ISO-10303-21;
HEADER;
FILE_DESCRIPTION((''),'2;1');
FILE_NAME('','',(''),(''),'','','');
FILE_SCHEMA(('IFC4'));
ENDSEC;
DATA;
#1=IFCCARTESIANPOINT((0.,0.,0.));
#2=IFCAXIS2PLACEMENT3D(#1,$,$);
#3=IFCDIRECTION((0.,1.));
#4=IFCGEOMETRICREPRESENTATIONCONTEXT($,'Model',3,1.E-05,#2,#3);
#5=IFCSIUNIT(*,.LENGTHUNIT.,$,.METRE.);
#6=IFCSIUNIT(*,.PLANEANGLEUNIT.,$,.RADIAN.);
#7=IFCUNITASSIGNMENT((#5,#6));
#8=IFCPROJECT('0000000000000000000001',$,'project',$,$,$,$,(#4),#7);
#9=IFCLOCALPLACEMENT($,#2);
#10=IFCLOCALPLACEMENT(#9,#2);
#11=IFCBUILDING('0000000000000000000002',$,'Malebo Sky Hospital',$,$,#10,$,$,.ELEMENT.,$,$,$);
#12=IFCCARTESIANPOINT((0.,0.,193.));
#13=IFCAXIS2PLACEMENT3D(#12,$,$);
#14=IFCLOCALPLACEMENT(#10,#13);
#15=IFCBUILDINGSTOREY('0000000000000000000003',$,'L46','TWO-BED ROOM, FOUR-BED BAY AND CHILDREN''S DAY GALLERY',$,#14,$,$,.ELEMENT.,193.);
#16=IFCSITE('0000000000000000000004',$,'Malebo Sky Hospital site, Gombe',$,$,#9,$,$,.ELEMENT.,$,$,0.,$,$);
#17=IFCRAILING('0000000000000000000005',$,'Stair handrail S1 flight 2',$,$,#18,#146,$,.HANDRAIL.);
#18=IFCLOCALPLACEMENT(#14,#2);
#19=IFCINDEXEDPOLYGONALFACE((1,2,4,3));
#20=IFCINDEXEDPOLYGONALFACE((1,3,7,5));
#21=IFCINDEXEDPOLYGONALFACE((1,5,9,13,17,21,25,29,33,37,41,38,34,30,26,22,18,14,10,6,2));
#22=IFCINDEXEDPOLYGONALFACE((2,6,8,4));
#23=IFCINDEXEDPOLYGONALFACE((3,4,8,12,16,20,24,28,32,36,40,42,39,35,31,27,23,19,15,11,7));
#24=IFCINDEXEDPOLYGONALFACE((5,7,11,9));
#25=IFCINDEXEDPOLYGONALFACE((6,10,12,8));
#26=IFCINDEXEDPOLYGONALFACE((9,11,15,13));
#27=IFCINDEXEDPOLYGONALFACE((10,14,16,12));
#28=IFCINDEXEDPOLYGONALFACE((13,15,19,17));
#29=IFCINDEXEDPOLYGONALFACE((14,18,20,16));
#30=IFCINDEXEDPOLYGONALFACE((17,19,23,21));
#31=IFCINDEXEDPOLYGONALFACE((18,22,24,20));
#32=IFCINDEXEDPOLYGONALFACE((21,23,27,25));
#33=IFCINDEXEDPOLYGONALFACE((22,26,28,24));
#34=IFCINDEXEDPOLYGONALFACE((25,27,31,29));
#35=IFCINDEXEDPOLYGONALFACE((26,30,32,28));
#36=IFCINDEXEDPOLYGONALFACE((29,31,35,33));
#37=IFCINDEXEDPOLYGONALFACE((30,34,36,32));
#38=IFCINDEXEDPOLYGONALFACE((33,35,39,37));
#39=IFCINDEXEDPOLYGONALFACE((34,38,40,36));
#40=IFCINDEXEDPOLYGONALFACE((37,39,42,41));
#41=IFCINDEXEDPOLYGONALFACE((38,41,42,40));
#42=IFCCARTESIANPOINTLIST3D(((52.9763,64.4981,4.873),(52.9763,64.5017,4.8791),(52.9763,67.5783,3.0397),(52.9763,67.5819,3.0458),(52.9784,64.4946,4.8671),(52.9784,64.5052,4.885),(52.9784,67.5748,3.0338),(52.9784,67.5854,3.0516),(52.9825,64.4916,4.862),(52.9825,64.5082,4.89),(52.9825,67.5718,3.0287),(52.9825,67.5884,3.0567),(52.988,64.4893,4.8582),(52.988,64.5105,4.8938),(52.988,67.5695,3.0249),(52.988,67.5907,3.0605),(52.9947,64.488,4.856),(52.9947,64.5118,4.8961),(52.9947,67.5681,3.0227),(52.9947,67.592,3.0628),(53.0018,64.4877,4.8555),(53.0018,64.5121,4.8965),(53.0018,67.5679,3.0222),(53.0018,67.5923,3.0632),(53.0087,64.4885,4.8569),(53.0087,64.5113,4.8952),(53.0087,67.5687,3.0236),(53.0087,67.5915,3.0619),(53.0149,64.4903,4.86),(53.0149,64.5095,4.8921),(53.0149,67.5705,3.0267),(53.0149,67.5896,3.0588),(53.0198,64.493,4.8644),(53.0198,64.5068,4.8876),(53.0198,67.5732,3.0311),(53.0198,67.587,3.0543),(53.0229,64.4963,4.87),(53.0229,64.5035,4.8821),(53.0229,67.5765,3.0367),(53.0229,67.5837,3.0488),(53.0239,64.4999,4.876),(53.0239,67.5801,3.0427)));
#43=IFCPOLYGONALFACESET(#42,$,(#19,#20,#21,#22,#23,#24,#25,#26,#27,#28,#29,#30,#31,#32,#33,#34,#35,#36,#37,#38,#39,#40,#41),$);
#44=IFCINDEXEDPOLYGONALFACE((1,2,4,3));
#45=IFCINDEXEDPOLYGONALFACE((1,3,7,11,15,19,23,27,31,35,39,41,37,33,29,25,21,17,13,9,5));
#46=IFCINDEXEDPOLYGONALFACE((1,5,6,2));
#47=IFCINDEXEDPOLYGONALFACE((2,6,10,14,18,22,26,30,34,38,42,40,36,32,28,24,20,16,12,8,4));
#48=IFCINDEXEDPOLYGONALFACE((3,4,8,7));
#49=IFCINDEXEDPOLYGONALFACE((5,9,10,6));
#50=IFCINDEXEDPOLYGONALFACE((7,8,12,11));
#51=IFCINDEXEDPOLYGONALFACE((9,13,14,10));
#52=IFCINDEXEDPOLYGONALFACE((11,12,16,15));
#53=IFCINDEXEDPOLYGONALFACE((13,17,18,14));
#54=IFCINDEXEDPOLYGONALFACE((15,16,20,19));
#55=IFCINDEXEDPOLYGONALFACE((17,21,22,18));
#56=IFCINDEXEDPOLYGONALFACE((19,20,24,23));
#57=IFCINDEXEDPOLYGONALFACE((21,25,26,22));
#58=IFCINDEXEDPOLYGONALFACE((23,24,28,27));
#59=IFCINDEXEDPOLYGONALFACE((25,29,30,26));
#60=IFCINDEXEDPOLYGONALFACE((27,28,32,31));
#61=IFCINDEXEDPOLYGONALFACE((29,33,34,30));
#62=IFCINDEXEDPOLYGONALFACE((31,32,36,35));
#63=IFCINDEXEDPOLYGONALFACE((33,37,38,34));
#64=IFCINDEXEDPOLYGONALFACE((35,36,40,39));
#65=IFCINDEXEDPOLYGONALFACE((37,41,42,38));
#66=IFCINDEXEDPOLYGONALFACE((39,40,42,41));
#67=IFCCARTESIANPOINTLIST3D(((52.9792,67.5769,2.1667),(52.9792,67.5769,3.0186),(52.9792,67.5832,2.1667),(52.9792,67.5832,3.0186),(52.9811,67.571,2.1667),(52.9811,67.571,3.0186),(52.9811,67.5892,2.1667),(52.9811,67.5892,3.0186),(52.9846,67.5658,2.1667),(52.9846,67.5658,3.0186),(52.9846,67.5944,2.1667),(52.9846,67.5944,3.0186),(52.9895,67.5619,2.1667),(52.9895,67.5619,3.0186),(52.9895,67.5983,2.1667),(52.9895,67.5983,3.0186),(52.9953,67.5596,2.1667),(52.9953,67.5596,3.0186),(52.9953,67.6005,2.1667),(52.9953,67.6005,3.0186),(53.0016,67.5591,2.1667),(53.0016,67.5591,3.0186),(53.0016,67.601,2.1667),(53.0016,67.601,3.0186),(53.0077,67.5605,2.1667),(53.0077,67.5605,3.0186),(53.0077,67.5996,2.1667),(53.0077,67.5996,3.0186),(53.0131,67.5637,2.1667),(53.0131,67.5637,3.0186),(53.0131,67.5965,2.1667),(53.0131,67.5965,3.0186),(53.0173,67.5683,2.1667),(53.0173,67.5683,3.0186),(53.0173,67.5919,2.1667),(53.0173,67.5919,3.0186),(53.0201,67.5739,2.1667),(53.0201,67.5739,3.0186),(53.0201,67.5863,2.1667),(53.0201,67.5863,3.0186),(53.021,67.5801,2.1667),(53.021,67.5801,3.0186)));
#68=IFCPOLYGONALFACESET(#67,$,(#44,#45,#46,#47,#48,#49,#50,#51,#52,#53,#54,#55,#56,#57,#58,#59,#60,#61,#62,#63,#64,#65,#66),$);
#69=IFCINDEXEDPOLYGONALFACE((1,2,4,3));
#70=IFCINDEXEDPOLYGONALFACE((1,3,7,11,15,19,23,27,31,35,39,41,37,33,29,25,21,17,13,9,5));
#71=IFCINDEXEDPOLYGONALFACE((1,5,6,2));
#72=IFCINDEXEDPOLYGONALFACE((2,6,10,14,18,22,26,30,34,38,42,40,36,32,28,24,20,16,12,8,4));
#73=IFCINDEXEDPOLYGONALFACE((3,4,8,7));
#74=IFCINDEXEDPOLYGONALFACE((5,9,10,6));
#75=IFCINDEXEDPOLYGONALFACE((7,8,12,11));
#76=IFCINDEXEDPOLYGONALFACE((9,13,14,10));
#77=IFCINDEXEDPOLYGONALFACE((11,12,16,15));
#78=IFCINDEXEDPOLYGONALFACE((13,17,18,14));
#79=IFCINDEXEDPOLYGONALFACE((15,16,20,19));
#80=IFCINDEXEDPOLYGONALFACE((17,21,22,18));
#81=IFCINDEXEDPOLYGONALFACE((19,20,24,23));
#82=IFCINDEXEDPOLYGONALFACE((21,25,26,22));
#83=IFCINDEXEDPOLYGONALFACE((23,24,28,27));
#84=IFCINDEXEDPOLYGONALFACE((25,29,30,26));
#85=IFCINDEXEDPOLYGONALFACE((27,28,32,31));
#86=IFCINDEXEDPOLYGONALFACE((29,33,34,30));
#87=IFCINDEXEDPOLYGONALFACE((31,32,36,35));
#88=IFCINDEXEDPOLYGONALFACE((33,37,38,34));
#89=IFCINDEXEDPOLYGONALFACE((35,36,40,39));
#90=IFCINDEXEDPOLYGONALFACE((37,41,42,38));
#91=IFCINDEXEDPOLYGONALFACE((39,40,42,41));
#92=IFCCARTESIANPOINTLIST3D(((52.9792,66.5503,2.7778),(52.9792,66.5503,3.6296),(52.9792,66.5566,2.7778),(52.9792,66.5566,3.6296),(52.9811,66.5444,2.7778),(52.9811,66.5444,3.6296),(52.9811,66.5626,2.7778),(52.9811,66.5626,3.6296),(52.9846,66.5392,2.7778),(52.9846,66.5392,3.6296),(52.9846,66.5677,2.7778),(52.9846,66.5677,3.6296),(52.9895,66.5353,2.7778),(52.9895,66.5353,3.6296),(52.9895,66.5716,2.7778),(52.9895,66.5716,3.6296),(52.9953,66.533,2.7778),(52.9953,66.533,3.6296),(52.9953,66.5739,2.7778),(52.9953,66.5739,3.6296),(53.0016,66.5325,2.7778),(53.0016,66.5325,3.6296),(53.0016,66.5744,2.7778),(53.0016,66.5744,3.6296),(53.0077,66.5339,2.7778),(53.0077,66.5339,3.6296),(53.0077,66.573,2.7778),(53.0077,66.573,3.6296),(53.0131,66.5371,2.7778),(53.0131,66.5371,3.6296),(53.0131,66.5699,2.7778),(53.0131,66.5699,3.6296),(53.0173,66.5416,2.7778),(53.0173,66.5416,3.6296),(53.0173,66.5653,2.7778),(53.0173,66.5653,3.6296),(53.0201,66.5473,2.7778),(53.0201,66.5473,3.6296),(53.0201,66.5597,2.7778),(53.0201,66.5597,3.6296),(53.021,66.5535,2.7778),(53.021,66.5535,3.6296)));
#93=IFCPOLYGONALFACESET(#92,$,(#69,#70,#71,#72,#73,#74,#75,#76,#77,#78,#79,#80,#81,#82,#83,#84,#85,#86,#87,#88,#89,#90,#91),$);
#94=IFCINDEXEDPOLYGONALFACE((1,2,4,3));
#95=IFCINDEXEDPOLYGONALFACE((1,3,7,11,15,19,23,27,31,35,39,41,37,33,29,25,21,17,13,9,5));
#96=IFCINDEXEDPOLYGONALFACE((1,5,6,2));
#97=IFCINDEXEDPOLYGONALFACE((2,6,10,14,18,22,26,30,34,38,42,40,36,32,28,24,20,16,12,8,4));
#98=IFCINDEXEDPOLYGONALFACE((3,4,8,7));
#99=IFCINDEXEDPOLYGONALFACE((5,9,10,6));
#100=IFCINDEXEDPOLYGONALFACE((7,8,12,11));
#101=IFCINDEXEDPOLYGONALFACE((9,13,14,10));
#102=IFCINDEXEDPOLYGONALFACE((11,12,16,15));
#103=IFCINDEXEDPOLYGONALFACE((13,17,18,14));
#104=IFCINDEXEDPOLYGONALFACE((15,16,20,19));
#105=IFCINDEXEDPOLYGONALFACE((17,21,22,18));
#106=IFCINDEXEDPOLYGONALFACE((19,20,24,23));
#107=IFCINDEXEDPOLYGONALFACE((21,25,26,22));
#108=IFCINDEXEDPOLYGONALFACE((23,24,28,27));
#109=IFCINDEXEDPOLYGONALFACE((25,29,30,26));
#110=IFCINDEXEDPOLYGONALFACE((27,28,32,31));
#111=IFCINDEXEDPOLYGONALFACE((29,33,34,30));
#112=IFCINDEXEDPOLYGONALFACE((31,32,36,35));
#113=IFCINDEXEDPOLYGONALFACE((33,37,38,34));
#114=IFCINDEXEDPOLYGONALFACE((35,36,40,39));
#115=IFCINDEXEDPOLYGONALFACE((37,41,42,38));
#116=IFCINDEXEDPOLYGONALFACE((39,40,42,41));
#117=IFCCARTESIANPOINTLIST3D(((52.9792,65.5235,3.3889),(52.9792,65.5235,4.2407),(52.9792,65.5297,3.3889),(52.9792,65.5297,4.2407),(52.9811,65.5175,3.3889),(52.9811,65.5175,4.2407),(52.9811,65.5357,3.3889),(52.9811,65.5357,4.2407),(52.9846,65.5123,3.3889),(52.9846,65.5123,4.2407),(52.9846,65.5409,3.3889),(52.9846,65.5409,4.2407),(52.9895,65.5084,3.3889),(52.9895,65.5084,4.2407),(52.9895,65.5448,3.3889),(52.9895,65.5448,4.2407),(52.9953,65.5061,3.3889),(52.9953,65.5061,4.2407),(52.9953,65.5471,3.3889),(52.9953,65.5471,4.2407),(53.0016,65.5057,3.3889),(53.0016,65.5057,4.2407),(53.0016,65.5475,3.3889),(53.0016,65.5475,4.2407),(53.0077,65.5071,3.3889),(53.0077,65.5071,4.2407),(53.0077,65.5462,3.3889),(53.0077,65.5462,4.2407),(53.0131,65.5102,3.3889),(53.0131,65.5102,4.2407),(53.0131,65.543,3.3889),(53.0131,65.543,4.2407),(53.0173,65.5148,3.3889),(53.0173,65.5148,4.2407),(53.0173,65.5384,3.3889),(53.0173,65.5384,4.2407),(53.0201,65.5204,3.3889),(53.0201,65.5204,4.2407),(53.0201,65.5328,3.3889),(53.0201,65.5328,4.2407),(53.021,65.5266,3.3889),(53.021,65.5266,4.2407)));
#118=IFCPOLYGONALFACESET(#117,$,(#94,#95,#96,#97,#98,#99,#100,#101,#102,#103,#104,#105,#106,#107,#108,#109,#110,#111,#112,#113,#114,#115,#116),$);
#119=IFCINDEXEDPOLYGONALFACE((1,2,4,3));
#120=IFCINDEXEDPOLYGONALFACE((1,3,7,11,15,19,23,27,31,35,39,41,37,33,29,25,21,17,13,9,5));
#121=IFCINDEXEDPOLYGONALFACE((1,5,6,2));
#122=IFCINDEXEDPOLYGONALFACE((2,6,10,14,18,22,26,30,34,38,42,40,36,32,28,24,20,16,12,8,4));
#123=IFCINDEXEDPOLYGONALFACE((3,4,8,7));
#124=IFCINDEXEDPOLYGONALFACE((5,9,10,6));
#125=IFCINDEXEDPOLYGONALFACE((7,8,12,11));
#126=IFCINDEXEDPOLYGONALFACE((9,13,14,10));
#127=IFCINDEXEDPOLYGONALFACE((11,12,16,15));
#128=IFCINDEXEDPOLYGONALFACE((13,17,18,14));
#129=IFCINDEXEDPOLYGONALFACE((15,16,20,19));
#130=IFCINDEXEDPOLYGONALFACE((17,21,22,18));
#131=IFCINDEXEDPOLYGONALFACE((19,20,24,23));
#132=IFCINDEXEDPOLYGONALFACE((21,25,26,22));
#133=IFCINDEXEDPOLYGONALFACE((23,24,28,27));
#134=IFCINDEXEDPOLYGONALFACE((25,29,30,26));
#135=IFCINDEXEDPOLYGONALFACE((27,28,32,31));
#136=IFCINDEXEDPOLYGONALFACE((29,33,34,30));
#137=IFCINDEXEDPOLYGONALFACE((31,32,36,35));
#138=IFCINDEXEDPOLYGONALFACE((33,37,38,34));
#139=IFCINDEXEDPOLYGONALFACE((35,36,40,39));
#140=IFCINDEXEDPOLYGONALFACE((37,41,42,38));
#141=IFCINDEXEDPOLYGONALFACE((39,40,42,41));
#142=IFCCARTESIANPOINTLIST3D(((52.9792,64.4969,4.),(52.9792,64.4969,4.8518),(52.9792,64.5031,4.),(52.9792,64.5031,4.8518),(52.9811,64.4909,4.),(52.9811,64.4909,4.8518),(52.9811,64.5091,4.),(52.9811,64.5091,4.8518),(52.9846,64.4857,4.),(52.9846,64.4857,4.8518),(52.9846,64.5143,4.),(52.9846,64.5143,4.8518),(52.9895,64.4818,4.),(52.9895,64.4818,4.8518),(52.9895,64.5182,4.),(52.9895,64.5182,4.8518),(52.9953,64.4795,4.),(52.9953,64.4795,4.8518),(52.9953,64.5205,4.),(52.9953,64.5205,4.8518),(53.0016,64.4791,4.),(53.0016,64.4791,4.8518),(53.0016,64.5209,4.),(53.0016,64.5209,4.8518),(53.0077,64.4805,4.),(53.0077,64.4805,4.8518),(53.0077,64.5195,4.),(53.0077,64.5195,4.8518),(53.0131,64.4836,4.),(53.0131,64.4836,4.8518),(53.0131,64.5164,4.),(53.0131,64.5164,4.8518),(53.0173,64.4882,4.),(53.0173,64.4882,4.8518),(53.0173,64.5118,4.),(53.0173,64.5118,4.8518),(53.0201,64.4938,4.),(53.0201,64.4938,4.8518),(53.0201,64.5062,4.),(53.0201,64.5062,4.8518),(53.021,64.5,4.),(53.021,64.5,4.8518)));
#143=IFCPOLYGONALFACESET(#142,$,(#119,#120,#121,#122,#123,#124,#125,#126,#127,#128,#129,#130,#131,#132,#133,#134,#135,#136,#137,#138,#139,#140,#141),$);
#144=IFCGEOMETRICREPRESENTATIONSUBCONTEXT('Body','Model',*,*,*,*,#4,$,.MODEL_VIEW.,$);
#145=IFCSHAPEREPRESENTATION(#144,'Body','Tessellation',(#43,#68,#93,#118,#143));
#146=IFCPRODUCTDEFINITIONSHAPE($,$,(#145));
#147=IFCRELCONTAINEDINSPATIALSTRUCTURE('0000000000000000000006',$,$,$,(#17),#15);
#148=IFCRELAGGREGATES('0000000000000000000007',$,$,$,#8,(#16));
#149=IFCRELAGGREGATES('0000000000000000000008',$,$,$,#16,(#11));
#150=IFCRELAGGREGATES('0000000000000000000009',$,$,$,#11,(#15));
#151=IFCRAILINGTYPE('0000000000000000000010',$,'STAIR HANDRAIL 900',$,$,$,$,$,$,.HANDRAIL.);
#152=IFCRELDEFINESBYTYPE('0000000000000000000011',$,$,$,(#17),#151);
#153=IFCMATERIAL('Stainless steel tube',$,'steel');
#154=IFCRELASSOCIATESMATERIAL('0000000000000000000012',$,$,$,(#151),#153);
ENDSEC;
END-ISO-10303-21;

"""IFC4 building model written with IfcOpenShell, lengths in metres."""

from ifc_helpers import new_model, si_unit, direction, frame, origin, origin_2d, place, context, subcontext, project, spatial, circle, extrude, material, type_object, element, save


model = new_model("IFC4")

# Units and contexts
model_context = context("Model", 3, precision=1e-05, world=origin(), true_north=direction((0.0, 1.0)))
body_context = subcontext(model_context, "Body", "Model", "MODEL_VIEW")
ifc_project = project(units=[si_unit("LENGTHUNIT", "METRE"), si_unit("PLANEANGLEUNIT", "RADIAN")], contexts=[model_context])

# Site, building, storey
site_placement = place(None, origin())
site = spatial("IfcSite", under=ifc_project, at=site_placement, Name="Malebo Sky Hospital site, Gombe", CompositionType="ELEMENT", RefElevation=0.0)
building_placement = place(site_placement, origin())
building = spatial("IfcBuilding", under=site, at=building_placement, Name="Malebo Sky Hospital", CompositionType="ELEMENT")
storey_placement = place(building_placement, frame((0.0, 0.0, 193.0)))
storey = spatial("IfcBuildingStorey", under=building, at=storey_placement, Name="L46", Description="TWO-BED ROOM, FOUR-BED BAY AND CHILDREN'S DAY GALLERY", CompositionType="ELEMENT", Elevation=193.0)

# Railing
ifc_material_1 = material(Name="Stainless steel tube", Category="steel")
railing_type = type_object("IfcRailingType", Name="STAIR HANDRAIL 900", PredefinedType="HANDRAIL", material=ifc_material_1)
railing_1_placement = place(storey_placement, frame((53.0, 67.5801, 2.1667)))
element("IfcRailing", 1, at=railing_1_placement, inside=storey, type_object=railing_type, Name="Stair handrail S1 flight 2", PredefinedType="HANDRAIL", context=body_context, shape_type="SweptSolid", body=[
    extrude(circle(Radius=0.0239, at=origin_2d()), frame((0.0, 0.0, 0.876), z_axis=(0.0, -0.859309, 0.511458), x_axis=(1.0, 0.0, 0.0)), (0.0, 0.0, 1.0), 3.5845),
    extrude(circle(Radius=0.021, at=origin_2d()), origin(), (0.0, 0.0, 1.0), 0.8518),
    extrude(circle(Radius=0.021, at=origin_2d()), frame((0.0, -1.0266, 0.6111)), (0.0, 0.0, 1.0), 0.8518),
    extrude(circle(Radius=0.021, at=origin_2d()), frame((0.0, -2.0535, 1.2222)), (0.0, 0.0, 1.0), 0.8518),
    extrude(circle(Radius=0.021, at=origin_2d()), frame((0.0, -3.0801, 1.8333)), (0.0, 0.0, 1.0), 0.8518),
])

save(model, "model.ifc")
